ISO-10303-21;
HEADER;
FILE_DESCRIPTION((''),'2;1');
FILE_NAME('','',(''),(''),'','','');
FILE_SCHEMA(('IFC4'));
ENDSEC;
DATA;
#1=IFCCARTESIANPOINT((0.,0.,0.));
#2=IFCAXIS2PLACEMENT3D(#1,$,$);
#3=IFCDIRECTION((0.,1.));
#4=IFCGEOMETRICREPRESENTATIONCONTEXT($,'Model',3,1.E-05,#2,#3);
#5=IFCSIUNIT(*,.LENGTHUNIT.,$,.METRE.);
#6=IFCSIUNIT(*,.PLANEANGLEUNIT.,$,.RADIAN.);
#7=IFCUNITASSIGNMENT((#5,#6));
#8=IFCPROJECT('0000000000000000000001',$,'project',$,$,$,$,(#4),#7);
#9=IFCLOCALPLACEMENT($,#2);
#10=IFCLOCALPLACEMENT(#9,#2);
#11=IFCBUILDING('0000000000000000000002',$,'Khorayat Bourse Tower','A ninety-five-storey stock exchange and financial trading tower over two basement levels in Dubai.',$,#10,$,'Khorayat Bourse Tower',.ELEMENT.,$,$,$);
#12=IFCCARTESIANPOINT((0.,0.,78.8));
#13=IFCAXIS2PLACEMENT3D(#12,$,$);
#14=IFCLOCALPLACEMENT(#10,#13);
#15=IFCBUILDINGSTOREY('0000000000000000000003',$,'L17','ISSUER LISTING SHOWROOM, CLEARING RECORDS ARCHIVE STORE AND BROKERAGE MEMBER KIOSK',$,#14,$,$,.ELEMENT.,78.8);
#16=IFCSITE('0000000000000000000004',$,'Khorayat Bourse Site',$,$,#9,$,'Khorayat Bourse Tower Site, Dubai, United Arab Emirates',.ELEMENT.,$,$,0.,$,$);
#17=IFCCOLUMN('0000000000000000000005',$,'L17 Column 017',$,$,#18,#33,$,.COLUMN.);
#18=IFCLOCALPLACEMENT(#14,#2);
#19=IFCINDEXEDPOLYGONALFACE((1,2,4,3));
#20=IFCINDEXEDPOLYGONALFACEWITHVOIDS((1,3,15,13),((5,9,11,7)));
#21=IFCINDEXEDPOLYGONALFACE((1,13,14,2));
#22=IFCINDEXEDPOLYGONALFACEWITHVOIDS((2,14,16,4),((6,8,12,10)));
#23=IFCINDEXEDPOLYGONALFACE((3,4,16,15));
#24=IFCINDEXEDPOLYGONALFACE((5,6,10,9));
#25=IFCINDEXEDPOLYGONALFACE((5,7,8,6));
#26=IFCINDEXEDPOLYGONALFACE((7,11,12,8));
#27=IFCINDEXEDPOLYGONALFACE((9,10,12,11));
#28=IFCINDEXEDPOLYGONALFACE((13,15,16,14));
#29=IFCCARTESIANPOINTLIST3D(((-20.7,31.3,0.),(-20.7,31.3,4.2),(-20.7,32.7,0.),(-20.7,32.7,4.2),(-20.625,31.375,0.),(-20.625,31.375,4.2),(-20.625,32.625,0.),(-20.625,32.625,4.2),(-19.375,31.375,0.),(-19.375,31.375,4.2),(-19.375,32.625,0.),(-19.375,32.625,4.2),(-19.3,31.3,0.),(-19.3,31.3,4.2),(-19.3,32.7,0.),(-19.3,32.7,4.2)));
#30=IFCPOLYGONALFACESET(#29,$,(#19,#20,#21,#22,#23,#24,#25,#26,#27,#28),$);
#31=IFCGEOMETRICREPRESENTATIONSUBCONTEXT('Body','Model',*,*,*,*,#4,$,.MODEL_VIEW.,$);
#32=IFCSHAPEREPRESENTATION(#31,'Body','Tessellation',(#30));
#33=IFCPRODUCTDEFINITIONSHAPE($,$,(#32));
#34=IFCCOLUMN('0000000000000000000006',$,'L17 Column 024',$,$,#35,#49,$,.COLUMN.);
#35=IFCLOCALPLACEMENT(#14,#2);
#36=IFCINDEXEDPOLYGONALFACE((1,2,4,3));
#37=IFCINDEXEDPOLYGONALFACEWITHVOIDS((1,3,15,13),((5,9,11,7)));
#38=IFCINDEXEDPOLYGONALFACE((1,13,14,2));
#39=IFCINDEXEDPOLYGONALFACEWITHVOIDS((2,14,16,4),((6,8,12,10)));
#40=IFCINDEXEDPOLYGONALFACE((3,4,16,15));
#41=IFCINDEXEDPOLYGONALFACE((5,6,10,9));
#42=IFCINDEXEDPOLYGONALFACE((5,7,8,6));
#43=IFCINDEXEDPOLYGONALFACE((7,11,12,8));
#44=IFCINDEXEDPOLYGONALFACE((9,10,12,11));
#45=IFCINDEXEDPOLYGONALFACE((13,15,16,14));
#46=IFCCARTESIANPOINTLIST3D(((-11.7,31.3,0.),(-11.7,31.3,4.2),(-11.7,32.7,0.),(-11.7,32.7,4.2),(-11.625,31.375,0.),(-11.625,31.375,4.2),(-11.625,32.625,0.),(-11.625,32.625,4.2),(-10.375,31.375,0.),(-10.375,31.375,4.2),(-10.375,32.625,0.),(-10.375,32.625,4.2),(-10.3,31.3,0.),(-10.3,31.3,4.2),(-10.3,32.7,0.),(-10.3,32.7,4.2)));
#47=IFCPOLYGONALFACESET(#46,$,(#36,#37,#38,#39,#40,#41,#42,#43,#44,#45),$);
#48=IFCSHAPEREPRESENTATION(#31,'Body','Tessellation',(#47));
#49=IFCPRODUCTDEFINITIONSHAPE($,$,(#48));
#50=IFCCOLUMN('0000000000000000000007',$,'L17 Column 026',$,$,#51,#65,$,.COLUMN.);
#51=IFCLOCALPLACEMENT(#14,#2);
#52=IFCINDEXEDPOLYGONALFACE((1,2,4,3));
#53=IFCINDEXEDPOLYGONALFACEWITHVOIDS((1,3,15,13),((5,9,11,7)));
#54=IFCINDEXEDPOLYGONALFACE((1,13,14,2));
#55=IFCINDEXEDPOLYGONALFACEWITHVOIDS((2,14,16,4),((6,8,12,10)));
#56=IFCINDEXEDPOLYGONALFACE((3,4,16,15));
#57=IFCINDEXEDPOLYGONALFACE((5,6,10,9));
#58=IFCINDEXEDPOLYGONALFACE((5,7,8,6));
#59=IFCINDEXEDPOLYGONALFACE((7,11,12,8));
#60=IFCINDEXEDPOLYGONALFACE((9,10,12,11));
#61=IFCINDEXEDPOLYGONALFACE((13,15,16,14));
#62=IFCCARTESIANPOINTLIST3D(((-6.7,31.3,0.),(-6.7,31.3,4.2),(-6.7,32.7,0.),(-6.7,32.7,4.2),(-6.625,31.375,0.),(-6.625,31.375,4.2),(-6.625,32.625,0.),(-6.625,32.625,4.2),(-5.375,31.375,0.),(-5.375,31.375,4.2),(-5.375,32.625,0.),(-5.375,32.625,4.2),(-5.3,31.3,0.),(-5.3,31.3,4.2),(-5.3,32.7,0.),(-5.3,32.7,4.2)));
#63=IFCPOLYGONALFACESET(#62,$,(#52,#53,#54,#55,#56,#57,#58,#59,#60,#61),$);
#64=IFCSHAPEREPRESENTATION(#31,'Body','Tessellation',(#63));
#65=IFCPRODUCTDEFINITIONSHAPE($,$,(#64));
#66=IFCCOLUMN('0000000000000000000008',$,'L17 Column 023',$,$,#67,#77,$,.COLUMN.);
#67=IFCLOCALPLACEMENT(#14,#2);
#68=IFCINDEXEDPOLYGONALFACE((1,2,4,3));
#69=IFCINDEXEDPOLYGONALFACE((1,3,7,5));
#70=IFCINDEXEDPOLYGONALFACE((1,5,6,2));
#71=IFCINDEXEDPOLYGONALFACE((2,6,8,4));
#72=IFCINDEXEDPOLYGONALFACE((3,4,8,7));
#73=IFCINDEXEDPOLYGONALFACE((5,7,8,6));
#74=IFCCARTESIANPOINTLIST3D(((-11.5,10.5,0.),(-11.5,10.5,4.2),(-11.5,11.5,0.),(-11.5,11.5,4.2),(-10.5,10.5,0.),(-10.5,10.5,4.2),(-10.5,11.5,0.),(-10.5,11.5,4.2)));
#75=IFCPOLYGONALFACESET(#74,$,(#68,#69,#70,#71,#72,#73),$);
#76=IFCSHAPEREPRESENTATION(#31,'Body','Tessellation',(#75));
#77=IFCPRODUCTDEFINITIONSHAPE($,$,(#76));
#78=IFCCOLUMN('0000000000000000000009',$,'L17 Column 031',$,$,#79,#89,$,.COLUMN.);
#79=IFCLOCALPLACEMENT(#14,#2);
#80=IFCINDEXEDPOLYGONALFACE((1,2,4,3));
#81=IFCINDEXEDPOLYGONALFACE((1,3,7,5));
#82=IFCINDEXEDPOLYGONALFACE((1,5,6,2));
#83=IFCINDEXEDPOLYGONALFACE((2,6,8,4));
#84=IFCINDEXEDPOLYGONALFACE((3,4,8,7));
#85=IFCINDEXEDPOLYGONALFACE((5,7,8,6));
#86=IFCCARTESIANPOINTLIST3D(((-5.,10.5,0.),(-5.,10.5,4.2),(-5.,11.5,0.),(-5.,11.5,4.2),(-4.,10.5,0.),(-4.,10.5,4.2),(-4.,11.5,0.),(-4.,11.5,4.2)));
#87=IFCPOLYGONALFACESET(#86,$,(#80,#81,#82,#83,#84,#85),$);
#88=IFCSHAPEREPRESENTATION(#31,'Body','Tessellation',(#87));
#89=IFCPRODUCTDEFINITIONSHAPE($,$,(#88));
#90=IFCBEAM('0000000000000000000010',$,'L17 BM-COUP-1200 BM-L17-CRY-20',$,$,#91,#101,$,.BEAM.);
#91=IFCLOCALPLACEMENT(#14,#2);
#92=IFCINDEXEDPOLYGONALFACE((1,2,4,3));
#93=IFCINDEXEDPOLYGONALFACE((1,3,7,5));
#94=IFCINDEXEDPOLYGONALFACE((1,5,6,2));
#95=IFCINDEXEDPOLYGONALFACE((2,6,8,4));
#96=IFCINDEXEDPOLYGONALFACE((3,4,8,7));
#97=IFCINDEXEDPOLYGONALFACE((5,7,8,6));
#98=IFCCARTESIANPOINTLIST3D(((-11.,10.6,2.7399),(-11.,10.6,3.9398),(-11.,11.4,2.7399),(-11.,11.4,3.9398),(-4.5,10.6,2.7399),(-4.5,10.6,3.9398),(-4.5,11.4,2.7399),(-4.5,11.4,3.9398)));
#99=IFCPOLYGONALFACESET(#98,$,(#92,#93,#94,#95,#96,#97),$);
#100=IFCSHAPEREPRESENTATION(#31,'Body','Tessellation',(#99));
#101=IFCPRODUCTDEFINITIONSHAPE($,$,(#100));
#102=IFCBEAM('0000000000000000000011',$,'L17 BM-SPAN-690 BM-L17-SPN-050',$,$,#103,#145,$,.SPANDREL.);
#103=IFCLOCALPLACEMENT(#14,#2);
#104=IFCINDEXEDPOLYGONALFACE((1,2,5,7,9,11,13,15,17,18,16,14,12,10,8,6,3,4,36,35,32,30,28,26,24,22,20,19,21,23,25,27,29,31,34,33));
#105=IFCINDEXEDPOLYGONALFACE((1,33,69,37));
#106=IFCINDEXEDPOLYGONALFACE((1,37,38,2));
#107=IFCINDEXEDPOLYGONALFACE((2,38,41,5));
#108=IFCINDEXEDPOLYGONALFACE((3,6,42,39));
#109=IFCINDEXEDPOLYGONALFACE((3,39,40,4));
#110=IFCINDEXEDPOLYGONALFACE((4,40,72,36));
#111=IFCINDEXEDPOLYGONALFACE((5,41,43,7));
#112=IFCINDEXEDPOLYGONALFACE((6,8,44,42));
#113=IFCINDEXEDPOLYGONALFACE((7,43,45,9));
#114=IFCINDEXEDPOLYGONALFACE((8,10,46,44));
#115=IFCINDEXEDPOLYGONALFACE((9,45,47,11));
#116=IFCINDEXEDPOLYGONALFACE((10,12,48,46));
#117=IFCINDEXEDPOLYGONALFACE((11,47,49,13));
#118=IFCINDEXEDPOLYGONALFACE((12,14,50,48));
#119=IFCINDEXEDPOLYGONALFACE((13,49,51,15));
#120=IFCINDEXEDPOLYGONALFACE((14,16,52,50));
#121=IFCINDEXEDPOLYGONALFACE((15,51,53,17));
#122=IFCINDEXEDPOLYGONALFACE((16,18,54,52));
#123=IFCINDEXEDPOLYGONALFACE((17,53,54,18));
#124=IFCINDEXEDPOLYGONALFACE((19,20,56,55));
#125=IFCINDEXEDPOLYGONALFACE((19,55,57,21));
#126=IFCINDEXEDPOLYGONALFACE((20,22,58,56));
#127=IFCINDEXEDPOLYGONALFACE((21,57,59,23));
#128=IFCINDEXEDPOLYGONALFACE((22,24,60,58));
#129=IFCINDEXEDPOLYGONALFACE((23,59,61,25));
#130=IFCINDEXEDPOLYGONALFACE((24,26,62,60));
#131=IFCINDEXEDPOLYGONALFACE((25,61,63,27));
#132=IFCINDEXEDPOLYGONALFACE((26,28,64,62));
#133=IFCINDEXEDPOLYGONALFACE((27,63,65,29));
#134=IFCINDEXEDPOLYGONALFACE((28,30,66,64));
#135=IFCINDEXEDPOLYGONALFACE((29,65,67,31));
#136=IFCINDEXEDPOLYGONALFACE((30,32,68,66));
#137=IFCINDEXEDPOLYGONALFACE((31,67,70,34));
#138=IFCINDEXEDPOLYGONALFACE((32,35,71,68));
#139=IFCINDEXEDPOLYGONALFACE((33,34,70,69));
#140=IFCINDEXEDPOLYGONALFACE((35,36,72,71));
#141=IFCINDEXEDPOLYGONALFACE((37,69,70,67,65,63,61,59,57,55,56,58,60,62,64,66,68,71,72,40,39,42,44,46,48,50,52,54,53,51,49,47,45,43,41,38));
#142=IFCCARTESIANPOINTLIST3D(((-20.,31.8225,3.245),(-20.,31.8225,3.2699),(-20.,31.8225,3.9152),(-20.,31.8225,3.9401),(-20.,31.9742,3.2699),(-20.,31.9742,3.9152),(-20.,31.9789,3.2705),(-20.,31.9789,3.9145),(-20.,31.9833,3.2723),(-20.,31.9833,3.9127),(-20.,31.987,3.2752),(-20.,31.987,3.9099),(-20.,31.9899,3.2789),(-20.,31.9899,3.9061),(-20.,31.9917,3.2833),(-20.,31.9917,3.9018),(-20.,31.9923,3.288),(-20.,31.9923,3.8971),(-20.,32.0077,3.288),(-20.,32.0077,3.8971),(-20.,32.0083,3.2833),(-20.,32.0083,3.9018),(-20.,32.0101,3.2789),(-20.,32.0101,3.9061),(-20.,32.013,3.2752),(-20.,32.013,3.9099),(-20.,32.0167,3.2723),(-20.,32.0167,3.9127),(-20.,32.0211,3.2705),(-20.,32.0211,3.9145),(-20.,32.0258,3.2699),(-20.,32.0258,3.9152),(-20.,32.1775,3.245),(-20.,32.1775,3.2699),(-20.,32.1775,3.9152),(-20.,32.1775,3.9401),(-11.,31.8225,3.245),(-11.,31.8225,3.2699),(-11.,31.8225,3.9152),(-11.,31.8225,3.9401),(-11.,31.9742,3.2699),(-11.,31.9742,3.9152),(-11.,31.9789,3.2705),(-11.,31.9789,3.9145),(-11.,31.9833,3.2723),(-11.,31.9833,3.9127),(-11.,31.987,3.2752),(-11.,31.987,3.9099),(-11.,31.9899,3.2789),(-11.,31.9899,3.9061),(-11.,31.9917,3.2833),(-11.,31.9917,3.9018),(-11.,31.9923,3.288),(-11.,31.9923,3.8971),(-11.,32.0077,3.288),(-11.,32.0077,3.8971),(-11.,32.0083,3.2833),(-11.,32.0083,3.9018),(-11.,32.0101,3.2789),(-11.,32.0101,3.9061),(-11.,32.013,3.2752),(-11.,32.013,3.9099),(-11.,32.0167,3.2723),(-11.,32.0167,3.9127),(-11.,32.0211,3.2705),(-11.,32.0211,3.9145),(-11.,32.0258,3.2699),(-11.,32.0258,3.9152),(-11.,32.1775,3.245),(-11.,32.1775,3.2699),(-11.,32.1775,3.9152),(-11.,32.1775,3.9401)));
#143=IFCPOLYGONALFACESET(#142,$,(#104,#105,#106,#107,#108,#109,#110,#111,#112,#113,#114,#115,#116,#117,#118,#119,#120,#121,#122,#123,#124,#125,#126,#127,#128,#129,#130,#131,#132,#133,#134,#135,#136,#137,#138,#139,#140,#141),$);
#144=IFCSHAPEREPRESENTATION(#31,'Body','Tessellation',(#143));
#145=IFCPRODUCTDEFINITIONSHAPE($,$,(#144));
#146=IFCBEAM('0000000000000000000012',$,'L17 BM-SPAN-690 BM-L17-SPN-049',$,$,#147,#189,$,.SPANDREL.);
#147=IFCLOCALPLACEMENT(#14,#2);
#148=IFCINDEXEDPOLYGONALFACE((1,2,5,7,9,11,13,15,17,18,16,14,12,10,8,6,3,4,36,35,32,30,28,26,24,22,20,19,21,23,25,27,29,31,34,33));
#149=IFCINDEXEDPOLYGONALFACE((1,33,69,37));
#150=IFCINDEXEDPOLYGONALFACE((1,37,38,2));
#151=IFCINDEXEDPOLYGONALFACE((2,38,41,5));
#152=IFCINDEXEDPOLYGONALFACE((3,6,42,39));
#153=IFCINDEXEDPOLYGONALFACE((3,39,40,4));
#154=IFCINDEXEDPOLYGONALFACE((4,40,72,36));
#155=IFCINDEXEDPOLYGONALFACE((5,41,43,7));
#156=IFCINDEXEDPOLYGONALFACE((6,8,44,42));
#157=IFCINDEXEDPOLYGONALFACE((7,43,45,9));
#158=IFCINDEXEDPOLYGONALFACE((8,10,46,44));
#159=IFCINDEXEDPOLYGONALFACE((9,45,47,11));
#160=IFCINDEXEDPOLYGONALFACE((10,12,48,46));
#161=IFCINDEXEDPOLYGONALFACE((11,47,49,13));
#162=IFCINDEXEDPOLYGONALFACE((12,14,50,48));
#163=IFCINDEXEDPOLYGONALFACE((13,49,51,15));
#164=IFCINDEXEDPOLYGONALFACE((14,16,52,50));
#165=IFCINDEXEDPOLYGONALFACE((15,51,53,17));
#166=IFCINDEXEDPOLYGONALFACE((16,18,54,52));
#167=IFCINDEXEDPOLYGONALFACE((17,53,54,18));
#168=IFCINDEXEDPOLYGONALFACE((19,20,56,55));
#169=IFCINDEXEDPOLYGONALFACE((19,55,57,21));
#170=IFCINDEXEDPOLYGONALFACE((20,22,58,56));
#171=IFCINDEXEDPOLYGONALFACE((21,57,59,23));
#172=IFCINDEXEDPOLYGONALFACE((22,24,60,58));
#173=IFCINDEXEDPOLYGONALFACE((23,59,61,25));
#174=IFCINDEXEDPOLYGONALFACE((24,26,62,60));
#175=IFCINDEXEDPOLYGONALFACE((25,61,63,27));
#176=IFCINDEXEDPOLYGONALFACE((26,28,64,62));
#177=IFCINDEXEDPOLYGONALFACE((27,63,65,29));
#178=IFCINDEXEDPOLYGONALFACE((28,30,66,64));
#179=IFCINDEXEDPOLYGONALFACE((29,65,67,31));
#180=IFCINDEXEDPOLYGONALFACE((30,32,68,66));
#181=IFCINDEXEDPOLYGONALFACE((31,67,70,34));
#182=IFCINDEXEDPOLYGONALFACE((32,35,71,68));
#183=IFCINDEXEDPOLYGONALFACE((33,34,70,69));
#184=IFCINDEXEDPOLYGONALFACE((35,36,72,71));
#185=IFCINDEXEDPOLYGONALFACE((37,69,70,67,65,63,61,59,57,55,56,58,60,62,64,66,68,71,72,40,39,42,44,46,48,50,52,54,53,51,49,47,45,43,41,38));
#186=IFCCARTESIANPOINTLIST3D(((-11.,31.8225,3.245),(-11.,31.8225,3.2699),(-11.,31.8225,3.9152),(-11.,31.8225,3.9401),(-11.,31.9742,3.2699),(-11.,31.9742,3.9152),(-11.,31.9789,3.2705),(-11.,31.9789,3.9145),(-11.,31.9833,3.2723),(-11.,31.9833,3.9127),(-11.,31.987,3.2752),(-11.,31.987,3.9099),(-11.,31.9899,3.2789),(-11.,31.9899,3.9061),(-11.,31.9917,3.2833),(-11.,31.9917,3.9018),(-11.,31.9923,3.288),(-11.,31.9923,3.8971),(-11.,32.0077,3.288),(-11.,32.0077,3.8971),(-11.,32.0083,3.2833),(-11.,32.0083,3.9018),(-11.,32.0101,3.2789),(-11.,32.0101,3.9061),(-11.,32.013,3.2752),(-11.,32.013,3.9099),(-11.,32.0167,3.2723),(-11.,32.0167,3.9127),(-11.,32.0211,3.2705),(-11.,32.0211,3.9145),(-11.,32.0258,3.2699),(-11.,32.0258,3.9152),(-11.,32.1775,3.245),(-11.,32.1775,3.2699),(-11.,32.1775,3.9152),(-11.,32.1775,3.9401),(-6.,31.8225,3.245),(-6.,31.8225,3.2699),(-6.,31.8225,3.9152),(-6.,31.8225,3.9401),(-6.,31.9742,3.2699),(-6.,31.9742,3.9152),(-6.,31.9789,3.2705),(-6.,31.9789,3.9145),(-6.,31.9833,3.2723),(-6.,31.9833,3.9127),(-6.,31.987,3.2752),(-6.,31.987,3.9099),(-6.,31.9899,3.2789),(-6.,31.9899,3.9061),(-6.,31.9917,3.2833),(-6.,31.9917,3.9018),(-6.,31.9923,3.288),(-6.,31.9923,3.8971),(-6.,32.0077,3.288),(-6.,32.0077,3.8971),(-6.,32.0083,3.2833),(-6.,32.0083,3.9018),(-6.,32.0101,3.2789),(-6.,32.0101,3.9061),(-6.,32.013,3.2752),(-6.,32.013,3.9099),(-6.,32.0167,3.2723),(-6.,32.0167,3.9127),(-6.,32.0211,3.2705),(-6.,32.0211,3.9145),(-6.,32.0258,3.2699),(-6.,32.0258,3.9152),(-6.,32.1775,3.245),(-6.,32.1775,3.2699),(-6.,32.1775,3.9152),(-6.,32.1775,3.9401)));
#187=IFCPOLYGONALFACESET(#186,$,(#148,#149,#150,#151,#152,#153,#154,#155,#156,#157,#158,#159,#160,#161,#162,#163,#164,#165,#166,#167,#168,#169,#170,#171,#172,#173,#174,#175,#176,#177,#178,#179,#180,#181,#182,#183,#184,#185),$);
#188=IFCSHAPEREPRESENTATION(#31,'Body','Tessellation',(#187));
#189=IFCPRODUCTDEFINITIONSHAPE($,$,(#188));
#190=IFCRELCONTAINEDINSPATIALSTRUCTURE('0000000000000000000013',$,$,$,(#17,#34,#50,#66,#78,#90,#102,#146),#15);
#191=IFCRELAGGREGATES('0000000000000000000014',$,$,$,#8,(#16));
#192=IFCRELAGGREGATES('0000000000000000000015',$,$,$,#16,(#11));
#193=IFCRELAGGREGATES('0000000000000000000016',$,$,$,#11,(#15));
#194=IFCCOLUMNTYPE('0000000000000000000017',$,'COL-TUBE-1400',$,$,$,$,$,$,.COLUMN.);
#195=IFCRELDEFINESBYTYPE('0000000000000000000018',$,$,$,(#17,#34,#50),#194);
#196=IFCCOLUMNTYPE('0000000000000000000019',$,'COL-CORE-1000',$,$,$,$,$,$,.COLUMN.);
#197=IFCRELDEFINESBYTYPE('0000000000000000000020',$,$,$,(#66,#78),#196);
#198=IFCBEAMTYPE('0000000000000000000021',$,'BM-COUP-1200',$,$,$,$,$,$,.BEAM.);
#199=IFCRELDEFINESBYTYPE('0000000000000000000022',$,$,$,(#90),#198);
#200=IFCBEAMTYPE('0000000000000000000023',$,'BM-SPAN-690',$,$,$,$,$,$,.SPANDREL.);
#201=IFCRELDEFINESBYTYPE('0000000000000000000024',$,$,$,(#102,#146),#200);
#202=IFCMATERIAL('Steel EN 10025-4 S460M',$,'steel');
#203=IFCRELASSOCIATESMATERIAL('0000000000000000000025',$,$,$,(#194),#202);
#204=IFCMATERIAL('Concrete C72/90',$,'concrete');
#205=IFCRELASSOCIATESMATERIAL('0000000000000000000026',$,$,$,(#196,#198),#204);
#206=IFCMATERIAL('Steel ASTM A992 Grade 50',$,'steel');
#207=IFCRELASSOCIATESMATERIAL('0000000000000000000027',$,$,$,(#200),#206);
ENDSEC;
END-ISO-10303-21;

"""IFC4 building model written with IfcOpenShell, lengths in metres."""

from ifc_helpers import new_model, si_unit, direction, frame, origin, origin_2d, place, context, subcontext, project, spatial, rectangle, hollow_rectangle, i_section, extrude, source, transform, mapped, material, material_profile, profile_set, type_object, element, save


model = new_model("IFC4")

# Units and contexts
model_context = context("Model", 3, precision=1e-05, world=origin(), true_north=direction((0.0, 1.0)))
body_context = subcontext(model_context, "Body", "Model", "MODEL_VIEW")
ifc_project = project(units=[si_unit("LENGTHUNIT", "METRE"), si_unit("PLANEANGLEUNIT", "RADIAN")], contexts=[model_context])

# Site, building, storey
site_placement = place(None, origin())
site = spatial("IfcSite", under=ifc_project, at=site_placement, Name="Khorayat Bourse Site", LongName="Khorayat Bourse Tower Site, Dubai, United Arab Emirates", CompositionType="ELEMENT", RefElevation=0.0)
building_placement = place(site_placement, origin())
building = spatial("IfcBuilding", under=site, at=building_placement, Name="Khorayat Bourse Tower", Description="A ninety-five-storey stock exchange and financial trading tower over two basement levels in Dubai.", LongName="Khorayat Bourse Tower", CompositionType="ELEMENT")
storey_placement = place(building_placement, frame((0.0, 0.0, 78.8)))
storey = spatial("IfcBuildingStorey", under=building, at=storey_placement, Name="L17", Description="ISSUER LISTING SHOWROOM, CLEARING RECORDS ARCHIVE STORE AND BROKERAGE MEMBER KIOSK", CompositionType="ELEMENT", Elevation=78.8)

# Columns
ifc_material_1 = material(Name="Steel EN 10025-4 S460M", Category="steel")
ifc_material_profile_1 = material_profile(ifc_material_1, hollow_rectangle(XDim=1.3999, YDim=1.3999, WallThickness=0.075, at=origin_2d()), Name="BOX 1400x1400x75")
ifc_profile_set_1 = profile_set([ifc_material_profile_1], Name="Steel EN 10025-4 S460M")
column_type_1 = type_object("IfcColumnType", Name="COL-TUBE-1400", PredefinedType="COLUMN", material=ifc_profile_set_1)
shared_shape_1 = source(origin(), body_context, "Body", "SweptSolid", [
    extrude(hollow_rectangle(XDim=1.3999, YDim=1.3999, WallThickness=0.075, at=origin_2d()), origin(), (0.0, 0.0, 1.0), 4.2),
])
for number, where, z_axis, x_axis, name in (
    (1, (-20.0, 32.0, 0.0), (0.0, 0.0, 1.0), (1.0, 0.0, 0.0), "L17 Column 017"),
    (2, (-11.0, 32.0, 0.0), (0.0, 0.0, 1.0), (1.0, 0.0, 0.0), "L17 Column 024"),
    (3, (-6.0, 32.0, 0.0), (0.0, 0.0, 1.0), (1.0, 0.0, 0.0), "L17 Column 026"),
):
    element("IfcColumn", number, at=place(storey_placement, frame(where, z_axis=z_axis, x_axis=x_axis)), inside=storey, type_object=column_type_1, Name=name, PredefinedType="COLUMN", context=body_context, shape_type="MappedRepresentation", body=[
        mapped(shared_shape_1, transform((0.0, 0.0, 0.0), scale=1.0)),
    ])
ifc_material_2 = material(Name="Concrete C72/90", Category="concrete")
ifc_material_profile_2 = material_profile(ifc_material_2, rectangle(XDim=1.0, YDim=1.0, at=origin_2d()), Name="RC 1000x1000")
ifc_profile_set_2 = profile_set([ifc_material_profile_2], Name="Concrete C72/90")
column_type_2 = type_object("IfcColumnType", Name="COL-CORE-1000", PredefinedType="COLUMN", material=ifc_profile_set_2)
shared_shape_2 = source(origin(), body_context, "Body", "SweptSolid", [
    extrude(rectangle(XDim=1.0, YDim=1.0, at=origin_2d()), origin(), (0.0, 0.0, 1.0), 4.2),
])
for number, where, z_axis, x_axis, name in (
    (4, (-11.0, 11.0, 0.0), (0.0, 0.0, 1.0), (1.0, 0.0, 0.0), "L17 Column 023"),
    (5, (-4.5, 11.0, 0.0), (0.0, 0.0, 1.0), (1.0, 0.0, 0.0), "L17 Column 031"),
):
    element("IfcColumn", number, at=place(storey_placement, frame(where, z_axis=z_axis, x_axis=x_axis)), inside=storey, type_object=column_type_2, Name=name, PredefinedType="COLUMN", context=body_context, shape_type="MappedRepresentation", body=[
        mapped(shared_shape_2, transform((0.0, 0.0, 0.0), scale=1.0)),
    ])

# Beams
ifc_material_profile_3 = material_profile(ifc_material_2, rectangle(XDim=0.8, YDim=1.2, at=origin_2d()), Name="RC 800x1200")
ifc_profile_set_3 = profile_set([ifc_material_profile_3], Name="Concrete C72/90")
beam_type_1 = type_object("IfcBeamType", Name="BM-COUP-1200", PredefinedType="BEAM", material=ifc_profile_set_3)
shared_shape_3 = source(origin(), body_context, "Body", "SweptSolid", [
    extrude(rectangle(XDim=0.8, YDim=1.2, at=origin_2d()), origin(), (0.0, 0.0, 1.0), 6.5),
])
beam_1_placement = place(storey_placement, frame((-11.0, 11.0, 3.3398), z_axis=(1.0, 0.0, 0.0), x_axis=(0.0, 1.0, 0.0)))
element("IfcBeam", 6, at=beam_1_placement, inside=storey, type_object=beam_type_1, Name="L17 BM-COUP-1200 BM-L17-CRY-20", PredefinedType="BEAM", context=body_context, shape_type="MappedRepresentation", body=[
    mapped(shared_shape_3, transform((0.0, 0.0, 0.0), scale=1.0)),
])
ifc_material_3 = material(Name="Steel ASTM A992 Grade 50", Category="steel")
ifc_material_profile_4 = material_profile(ifc_material_3, i_section(OverallWidth=0.355, OverallDepth=0.6951, WebThickness=0.0154, FlangeThickness=0.0249, FilletRadius=0.0181, at=origin_2d()), Name="W690X217")
ifc_profile_set_4 = profile_set([ifc_material_profile_4], Name="Steel ASTM A992 Grade 50")
beam_type_2 = type_object("IfcBeamType", Name="BM-SPAN-690", PredefinedType="SPANDREL", material=ifc_profile_set_4)
shared_shape_4 = source(origin(), body_context, "Body", "SweptSolid", [
    extrude(i_section(OverallWidth=0.355, OverallDepth=0.6951, WebThickness=0.0154, FlangeThickness=0.0249, FilletRadius=0.0181, at=origin_2d()), origin(), (0.0, 0.0, 1.0), 9.0),
])
beam_2_placement = place(storey_placement, frame((-20.0, 32.0, 3.5925), z_axis=(1.0, 0.0, 0.0), x_axis=(0.0, 1.0, 0.0)))
element("IfcBeam", 7, at=beam_2_placement, inside=storey, type_object=beam_type_2, Name="L17 BM-SPAN-690 BM-L17-SPN-050", PredefinedType="SPANDREL", context=body_context, shape_type="MappedRepresentation", body=[
    mapped(shared_shape_4, transform((0.0, 0.0, 0.0), scale=1.0)),
])
shared_shape_5 = source(origin(), body_context, "Body", "SweptSolid", [
    extrude(i_section(OverallWidth=0.355, OverallDepth=0.6951, WebThickness=0.0154, FlangeThickness=0.0249, FilletRadius=0.0181, at=origin_2d()), origin(), (0.0, 0.0, 1.0), 5.0),
])
beam_3_placement = place(storey_placement, frame((-11.0, 32.0, 3.5925), z_axis=(1.0, 0.0, 0.0), x_axis=(0.0, 1.0, 0.0)))
element("IfcBeam", 8, at=beam_3_placement, inside=storey, type_object=beam_type_2, Name="L17 BM-SPAN-690 BM-L17-SPN-049", PredefinedType="SPANDREL", context=body_context, shape_type="MappedRepresentation", body=[
    mapped(shared_shape_5, transform((0.0, 0.0, 0.0), scale=1.0)),
])

save(model, "model.ifc")
